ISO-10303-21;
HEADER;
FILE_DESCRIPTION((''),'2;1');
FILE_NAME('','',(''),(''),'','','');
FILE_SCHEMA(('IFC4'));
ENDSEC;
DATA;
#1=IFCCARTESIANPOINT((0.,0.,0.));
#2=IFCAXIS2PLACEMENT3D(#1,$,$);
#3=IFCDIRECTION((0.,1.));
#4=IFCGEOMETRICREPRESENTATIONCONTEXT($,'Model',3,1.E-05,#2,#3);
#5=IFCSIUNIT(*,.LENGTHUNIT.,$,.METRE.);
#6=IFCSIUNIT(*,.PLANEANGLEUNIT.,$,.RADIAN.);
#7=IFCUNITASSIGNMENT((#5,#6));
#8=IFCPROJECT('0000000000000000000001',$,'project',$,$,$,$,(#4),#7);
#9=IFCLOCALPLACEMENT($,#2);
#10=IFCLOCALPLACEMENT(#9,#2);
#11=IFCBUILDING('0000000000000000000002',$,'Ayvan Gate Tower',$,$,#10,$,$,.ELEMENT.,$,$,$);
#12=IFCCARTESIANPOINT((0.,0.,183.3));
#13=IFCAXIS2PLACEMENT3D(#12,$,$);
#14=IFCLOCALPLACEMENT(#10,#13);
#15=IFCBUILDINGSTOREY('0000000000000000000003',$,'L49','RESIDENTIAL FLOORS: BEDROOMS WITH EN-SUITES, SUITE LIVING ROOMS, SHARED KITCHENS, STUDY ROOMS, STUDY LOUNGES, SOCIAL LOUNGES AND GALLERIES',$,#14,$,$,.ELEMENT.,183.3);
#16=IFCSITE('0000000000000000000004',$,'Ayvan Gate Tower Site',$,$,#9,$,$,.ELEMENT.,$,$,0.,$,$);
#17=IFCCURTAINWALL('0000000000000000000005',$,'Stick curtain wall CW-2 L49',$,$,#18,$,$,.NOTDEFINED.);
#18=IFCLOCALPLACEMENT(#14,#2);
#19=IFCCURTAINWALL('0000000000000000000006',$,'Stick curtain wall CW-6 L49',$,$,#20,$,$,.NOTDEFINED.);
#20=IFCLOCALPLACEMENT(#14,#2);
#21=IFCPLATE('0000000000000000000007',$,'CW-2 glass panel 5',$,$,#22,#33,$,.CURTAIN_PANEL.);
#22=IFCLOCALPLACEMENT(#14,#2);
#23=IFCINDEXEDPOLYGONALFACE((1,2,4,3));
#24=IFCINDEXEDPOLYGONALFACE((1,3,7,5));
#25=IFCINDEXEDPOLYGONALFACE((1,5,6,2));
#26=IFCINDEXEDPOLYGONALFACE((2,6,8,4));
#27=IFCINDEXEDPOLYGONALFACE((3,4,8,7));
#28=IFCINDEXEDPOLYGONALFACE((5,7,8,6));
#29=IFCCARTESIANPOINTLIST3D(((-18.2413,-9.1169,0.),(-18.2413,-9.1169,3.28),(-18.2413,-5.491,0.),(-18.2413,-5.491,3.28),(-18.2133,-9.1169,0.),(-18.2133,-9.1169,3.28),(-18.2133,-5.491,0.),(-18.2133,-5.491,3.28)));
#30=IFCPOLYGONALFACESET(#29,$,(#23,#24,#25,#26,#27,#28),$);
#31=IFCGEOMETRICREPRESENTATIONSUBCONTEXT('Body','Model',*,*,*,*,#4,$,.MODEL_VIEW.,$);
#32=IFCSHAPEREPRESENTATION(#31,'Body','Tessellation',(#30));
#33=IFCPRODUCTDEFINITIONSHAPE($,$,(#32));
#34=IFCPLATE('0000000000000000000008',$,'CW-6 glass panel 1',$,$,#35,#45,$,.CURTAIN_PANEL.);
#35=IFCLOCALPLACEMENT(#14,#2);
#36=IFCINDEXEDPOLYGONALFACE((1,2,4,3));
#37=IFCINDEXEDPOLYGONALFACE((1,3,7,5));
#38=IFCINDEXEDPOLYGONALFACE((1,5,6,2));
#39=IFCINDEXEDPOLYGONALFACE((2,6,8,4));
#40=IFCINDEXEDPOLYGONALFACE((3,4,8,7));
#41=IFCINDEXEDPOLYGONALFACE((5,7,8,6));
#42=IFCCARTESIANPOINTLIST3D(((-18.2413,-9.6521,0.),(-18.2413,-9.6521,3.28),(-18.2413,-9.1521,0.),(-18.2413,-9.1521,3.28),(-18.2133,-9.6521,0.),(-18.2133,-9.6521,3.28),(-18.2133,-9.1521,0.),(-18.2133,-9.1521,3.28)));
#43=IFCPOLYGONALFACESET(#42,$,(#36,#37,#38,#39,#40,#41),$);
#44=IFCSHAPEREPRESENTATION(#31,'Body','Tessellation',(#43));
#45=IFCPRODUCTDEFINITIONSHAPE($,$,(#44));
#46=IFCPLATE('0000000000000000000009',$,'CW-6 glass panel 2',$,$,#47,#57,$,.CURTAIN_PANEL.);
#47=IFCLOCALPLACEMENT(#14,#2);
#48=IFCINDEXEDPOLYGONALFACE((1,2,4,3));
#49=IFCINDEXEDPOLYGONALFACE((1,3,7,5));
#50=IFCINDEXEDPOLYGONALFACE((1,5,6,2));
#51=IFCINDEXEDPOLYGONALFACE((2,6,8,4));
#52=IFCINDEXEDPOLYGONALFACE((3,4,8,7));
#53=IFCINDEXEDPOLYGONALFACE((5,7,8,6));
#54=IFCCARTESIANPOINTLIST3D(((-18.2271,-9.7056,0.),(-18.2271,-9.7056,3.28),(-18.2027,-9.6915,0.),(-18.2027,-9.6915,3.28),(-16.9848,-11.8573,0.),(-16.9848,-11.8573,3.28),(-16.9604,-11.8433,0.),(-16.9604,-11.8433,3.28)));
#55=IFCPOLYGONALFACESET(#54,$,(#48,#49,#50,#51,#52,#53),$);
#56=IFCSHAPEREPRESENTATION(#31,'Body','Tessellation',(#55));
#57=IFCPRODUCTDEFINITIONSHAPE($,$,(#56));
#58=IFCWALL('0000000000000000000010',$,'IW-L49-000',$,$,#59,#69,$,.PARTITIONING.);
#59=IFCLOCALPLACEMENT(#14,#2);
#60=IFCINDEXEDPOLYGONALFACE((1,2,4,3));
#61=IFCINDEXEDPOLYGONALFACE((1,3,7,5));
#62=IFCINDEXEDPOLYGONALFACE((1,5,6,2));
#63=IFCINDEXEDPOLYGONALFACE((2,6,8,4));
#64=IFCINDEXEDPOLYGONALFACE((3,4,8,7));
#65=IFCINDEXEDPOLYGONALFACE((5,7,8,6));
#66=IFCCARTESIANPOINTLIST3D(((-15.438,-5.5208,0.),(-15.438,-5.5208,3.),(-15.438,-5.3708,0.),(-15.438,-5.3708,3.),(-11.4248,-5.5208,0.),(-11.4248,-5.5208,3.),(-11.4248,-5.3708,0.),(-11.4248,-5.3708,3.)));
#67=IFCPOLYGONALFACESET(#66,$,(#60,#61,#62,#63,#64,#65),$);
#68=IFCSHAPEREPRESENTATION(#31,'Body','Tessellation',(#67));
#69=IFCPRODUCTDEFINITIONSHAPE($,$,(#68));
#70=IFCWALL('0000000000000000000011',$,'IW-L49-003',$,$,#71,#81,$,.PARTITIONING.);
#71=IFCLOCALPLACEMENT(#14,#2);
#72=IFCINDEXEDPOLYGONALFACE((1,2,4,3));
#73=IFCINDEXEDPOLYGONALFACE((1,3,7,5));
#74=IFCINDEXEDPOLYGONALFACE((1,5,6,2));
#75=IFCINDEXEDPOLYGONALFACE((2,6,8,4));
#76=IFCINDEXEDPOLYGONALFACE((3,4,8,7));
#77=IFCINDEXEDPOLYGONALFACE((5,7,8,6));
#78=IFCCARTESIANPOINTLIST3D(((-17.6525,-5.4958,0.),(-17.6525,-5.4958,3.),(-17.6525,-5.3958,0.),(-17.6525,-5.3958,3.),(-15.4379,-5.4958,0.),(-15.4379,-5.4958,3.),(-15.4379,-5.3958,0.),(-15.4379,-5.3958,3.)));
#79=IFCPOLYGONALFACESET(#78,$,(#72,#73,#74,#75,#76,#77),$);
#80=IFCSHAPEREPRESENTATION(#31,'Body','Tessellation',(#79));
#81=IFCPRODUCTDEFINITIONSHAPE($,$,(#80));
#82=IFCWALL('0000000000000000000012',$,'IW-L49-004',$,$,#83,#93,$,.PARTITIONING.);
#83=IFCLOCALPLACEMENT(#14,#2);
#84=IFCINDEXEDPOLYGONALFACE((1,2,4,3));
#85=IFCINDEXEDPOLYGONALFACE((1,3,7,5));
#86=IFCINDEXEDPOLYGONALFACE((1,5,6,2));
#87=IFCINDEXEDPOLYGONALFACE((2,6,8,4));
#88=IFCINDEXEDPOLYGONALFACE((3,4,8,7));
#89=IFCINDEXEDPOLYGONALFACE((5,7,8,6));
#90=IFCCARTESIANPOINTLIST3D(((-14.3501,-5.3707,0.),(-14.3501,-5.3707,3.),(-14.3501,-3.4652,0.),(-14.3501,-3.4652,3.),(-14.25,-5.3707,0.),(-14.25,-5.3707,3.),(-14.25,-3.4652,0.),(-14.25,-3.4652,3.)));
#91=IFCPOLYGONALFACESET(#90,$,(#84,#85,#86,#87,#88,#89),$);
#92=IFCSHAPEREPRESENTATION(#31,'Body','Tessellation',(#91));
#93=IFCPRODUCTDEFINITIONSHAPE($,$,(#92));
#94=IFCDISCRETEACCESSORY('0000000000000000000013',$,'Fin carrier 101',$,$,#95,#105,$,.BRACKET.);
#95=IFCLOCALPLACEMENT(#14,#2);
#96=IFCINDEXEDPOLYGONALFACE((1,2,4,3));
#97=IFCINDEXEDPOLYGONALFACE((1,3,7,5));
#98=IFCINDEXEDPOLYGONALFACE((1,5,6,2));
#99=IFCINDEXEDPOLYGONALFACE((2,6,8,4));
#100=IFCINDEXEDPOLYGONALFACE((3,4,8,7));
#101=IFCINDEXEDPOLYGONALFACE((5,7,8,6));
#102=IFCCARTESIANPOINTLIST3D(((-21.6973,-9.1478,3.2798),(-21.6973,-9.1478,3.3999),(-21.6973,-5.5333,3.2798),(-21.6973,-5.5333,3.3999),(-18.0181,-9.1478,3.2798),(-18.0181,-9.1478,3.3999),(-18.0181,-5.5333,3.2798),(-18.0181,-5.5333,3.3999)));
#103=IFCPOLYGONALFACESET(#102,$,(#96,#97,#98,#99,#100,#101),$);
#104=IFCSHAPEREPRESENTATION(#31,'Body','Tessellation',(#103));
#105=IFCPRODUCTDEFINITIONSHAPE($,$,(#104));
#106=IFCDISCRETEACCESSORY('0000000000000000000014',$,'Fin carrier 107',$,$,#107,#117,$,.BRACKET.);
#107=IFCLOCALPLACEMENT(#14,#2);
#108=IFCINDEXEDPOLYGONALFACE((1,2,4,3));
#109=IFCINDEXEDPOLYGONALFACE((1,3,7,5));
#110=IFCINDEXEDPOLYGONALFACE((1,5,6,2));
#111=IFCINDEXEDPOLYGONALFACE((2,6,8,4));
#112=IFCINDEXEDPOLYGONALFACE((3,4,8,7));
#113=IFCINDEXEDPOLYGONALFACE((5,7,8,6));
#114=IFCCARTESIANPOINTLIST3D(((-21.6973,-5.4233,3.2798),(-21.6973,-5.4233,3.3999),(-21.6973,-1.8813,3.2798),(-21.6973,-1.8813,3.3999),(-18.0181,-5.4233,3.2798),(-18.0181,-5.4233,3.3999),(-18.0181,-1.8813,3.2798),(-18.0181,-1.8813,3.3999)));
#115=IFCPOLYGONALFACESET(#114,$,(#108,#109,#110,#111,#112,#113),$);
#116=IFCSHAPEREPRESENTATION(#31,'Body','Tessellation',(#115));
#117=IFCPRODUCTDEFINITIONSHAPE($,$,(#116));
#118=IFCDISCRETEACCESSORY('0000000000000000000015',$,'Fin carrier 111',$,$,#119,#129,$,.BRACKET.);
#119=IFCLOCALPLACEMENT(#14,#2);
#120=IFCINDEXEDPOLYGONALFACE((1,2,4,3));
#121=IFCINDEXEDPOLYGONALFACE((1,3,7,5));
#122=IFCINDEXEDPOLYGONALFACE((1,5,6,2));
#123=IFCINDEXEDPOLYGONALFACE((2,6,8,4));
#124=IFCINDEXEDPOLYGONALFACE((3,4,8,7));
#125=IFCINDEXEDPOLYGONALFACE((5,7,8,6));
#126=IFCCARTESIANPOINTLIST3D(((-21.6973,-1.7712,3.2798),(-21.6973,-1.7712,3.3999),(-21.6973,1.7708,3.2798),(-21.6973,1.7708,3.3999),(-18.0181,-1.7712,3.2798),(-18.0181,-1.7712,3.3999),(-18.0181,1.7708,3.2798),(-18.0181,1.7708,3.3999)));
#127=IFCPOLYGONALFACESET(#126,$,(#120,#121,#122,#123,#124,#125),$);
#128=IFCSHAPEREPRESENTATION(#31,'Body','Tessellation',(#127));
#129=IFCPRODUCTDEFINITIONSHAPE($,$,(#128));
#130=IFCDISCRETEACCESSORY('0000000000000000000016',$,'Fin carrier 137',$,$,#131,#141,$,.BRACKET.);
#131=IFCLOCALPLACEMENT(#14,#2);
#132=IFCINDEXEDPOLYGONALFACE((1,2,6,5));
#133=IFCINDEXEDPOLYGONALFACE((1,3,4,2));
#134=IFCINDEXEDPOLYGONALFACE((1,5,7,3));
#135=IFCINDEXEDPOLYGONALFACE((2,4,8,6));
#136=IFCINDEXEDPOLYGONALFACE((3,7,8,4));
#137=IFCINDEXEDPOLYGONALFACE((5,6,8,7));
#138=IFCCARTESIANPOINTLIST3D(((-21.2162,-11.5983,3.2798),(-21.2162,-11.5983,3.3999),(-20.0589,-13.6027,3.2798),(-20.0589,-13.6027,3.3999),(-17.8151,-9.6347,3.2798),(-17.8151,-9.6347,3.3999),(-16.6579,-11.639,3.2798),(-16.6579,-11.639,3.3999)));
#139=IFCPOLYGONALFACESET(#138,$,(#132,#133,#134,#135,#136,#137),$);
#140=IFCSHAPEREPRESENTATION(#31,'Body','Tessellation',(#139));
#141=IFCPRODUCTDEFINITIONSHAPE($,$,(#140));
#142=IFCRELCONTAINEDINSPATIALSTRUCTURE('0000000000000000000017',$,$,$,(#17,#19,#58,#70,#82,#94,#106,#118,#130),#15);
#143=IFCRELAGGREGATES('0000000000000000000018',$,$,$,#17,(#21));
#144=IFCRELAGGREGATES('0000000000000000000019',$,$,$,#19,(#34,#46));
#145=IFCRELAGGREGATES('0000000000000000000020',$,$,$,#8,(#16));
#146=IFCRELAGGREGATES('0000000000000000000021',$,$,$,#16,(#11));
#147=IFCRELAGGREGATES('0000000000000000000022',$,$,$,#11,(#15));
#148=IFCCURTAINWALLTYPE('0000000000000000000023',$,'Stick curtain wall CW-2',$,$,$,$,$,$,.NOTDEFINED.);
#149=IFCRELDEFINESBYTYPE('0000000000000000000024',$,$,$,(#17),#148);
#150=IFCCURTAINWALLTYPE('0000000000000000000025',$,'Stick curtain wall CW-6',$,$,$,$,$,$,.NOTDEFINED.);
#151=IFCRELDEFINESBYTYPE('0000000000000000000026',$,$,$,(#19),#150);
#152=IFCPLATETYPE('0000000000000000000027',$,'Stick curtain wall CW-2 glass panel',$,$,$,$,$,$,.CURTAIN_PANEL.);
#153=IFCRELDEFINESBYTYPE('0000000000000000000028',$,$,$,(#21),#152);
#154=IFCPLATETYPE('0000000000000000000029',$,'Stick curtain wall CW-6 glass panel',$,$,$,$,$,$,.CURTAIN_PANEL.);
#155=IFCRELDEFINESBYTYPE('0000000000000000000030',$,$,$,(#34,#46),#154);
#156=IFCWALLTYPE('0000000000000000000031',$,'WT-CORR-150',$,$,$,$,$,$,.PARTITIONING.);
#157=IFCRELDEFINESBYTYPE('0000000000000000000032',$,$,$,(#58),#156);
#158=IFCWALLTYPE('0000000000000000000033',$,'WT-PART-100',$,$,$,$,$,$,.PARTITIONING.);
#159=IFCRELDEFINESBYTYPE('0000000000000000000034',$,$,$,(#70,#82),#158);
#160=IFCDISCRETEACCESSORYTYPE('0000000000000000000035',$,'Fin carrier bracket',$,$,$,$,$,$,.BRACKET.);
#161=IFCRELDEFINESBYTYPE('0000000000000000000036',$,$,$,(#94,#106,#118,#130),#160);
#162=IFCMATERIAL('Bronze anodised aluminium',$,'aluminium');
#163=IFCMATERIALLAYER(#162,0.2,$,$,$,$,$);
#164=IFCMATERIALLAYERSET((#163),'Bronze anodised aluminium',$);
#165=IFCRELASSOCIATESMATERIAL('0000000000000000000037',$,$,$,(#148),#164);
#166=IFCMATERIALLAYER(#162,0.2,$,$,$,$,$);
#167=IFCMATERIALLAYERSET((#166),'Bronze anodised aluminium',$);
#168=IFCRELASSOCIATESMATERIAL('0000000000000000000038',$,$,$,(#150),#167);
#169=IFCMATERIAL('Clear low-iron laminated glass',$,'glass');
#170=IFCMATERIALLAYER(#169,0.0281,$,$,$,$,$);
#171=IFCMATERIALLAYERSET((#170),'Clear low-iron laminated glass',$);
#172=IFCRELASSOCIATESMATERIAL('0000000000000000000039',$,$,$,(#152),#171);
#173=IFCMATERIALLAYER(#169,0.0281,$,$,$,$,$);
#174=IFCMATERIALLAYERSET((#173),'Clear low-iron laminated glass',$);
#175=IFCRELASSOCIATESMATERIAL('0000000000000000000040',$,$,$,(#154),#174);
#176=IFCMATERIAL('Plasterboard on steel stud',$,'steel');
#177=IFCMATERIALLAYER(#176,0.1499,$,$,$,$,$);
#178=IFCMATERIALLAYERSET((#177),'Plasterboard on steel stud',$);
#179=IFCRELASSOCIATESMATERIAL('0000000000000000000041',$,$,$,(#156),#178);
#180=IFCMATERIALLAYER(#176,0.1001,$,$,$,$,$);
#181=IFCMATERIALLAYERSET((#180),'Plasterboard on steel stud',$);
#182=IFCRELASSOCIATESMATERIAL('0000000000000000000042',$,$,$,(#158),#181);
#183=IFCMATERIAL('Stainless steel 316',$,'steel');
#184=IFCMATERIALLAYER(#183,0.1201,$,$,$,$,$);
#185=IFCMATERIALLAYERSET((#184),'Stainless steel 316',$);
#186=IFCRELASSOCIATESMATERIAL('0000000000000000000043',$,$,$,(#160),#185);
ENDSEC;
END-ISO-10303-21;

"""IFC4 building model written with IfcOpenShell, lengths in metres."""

from ifc_helpers import new_model, si_unit, direction, frame, frame_2d, origin, origin_2d, place, context, subcontext, project, spatial, rectangle, extrude, material, layer, layer_set, type_object, element, aggregate, save


model = new_model("IFC4")

# Units and contexts
model_context = context("Model", 3, precision=1e-05, world=origin(), true_north=direction((0.0, 1.0)))
body_context = subcontext(model_context, "Body", "Model", "MODEL_VIEW")
ifc_project = project(units=[si_unit("LENGTHUNIT", "METRE"), si_unit("PLANEANGLEUNIT", "RADIAN")], contexts=[model_context])

# Site, building, storey
site_placement = place(None, origin())
site = spatial("IfcSite", under=ifc_project, at=site_placement, Name="Ayvan Gate Tower Site", CompositionType="ELEMENT", RefElevation=0.0)
building_placement = place(site_placement, origin())
building = spatial("IfcBuilding", under=site, at=building_placement, Name="Ayvan Gate Tower", CompositionType="ELEMENT")
storey_placement = place(building_placement, frame((0.0, 0.0, 183.3)))
storey = spatial("IfcBuildingStorey", under=building, at=storey_placement, Name="L49", Description="RESIDENTIAL FLOORS: BEDROOMS WITH EN-SUITES, SUITE LIVING ROOMS, SHARED KITCHENS, STUDY ROOMS, STUDY LOUNGES, SOCIAL LOUNGES AND GALLERIES", CompositionType="ELEMENT", Elevation=183.3)

# Curtain walls
ifc_material_1 = material(Name="Bronze anodised aluminium", Category="aluminium")
ifc_layer_1 = layer(ifc_material_1, 0.2)
ifc_layer_set_1 = layer_set([ifc_layer_1], Name="Bronze anodised aluminium")
curtain_wall_type_1 = type_object("IfcCurtainWallType", Name="Stick curtain wall CW-2", PredefinedType="NOTDEFINED", material=ifc_layer_set_1)
curtain_wall_1_placement = place(storey_placement, origin())
curtain_wall_1 = element("IfcCurtainWall", 1, at=curtain_wall_1_placement, inside=storey, type_object=curtain_wall_type_1, Name="Stick curtain wall CW-2 L49", PredefinedType="NOTDEFINED")
ifc_layer_2 = layer(ifc_material_1, 0.2)
ifc_layer_set_2 = layer_set([ifc_layer_2], Name="Bronze anodised aluminium")
curtain_wall_type_2 = type_object("IfcCurtainWallType", Name="Stick curtain wall CW-6", PredefinedType="NOTDEFINED", material=ifc_layer_set_2)
curtain_wall_2_placement = place(storey_placement, origin())
curtain_wall_2 = element("IfcCurtainWall", 2, at=curtain_wall_2_placement, inside=storey, type_object=curtain_wall_type_2, Name="Stick curtain wall CW-6 L49", PredefinedType="NOTDEFINED")

# Plates
ifc_material_2 = material(Name="Clear low-iron laminated glass", Category="glass")
ifc_layer_3 = layer(ifc_material_2, 0.0281)
ifc_layer_set_3 = layer_set([ifc_layer_3], Name="Clear low-iron laminated glass")
plate_type_1 = type_object("IfcPlateType", Name="Stick curtain wall CW-2 glass panel", PredefinedType="CURTAIN_PANEL", material=ifc_layer_set_3)
plate_1_placement = place(storey_placement, frame((-18.2273, -7.304, 0.0), z_axis=(0.0, 0.0, 1.0), x_axis=(0.0, -1.0, 0.0)))
plate_1 = element("IfcPlate", 3, at=plate_1_placement, type_object=plate_type_1, Name="CW-2 glass panel 5", PredefinedType="CURTAIN_PANEL", context=body_context, shape_type="SweptSolid", body=[
    extrude(rectangle(XDim=3.626, YDim=0.0281, at=origin_2d()), origin(), (0.0, 0.0, 1.0), 3.28),
])
aggregate(curtain_wall_1, [plate_1])
ifc_layer_4 = layer(ifc_material_2, 0.0281)
ifc_layer_set_4 = layer_set([ifc_layer_4], Name="Clear low-iron laminated glass")
plate_type_2 = type_object("IfcPlateType", Name="Stick curtain wall CW-6 glass panel", PredefinedType="CURTAIN_PANEL", material=ifc_layer_set_4)
plate_2_placement = place(storey_placement, frame((-18.2273, -9.4021, 0.0), z_axis=(0.0, 0.0, 1.0), x_axis=(0.0, -1.0, 0.0)))
plate_2 = element("IfcPlate", 4, at=plate_2_placement, type_object=plate_type_2, Name="CW-6 glass panel 1", PredefinedType="CURTAIN_PANEL", context=body_context, shape_type="SweptSolid", body=[
    extrude(rectangle(XDim=0.5, YDim=0.0281, at=origin_2d()), origin(), (0.0, 0.0, 1.0), 3.28),
])
plate_3_placement = place(storey_placement, frame((-17.5938, -10.7744, 0.0), z_axis=(0.0, 0.0, 1.0), x_axis=(0.5, -0.866025, 0.0)))
plate_3 = element("IfcPlate", 5, at=plate_3_placement, type_object=plate_type_2, Name="CW-6 glass panel 2", PredefinedType="CURTAIN_PANEL", context=body_context, shape_type="SweptSolid", body=[
    extrude(rectangle(XDim=2.4846, YDim=0.0281, at=origin_2d()), origin(), (0.0, 0.0, 1.0), 3.28),
])
aggregate(curtain_wall_2, [plate_2, plate_3])

# Walls
ifc_material_3 = material(Name="Plasterboard on steel stud", Category="steel")
ifc_layer_5 = layer(ifc_material_3, 0.1499)
ifc_layer_set_5 = layer_set([ifc_layer_5], Name="Plasterboard on steel stud")
wall_type_1 = type_object("IfcWallType", Name="WT-CORR-150", PredefinedType="PARTITIONING", material=ifc_layer_set_5)
wall_1_placement = place(storey_placement, frame((-15.438, -5.4458, 0.0), z_axis=(0.0, 0.0, 1.0), x_axis=(1.0, 0.0, 0.0)))
element("IfcWall", 6, at=wall_1_placement, inside=storey, type_object=wall_type_1, Name="IW-L49-000", PredefinedType="PARTITIONING", context=body_context, shape_type="SweptSolid", body=[
    extrude(rectangle(XDim=4.0132, YDim=0.1499, at=frame_2d((2.0066, 0.0))), origin(), (0.0, 0.0, 1.0), 3.0),
])
ifc_layer_6 = layer(ifc_material_3, 0.1001)
ifc_layer_set_6 = layer_set([ifc_layer_6], Name="Plasterboard on steel stud")
wall_type_2 = type_object("IfcWallType", Name="WT-PART-100", PredefinedType="PARTITIONING", material=ifc_layer_set_6)
wall_2_placement = place(storey_placement, frame((-15.4377, -5.4458, 0.0), z_axis=(0.0, 0.0, 1.0), x_axis=(-1.0, 0.0, 0.0)))
element("IfcWall", 7, at=wall_2_placement, inside=storey, type_object=wall_type_2, Name="IW-L49-003", PredefinedType="PARTITIONING", context=body_context, shape_type="SweptSolid", body=[
    extrude(rectangle(XDim=2.2146, YDim=0.1001, at=frame_2d((1.1074, 0.0))), origin(), (0.0, 0.0, 1.0), 3.0),
])
wall_3_placement = place(storey_placement, frame((-14.3, -3.4653, 0.0), z_axis=(0.0, 0.0, 1.0), x_axis=(0.0, -1.0, 0.0)))
element("IfcWall", 8, at=wall_3_placement, inside=storey, type_object=wall_type_2, Name="IW-L49-004", PredefinedType="PARTITIONING", context=body_context, shape_type="SweptSolid", body=[
    extrude(rectangle(XDim=1.9055, YDim=0.1001, at=frame_2d((0.9526, 0.0))), origin(), (0.0, 0.0, 1.0), 3.0),
])

# Discrete accessories
ifc_material_4 = material(Name="Stainless steel 316", Category="steel")
ifc_layer_7 = layer(ifc_material_4, 0.1201)
ifc_layer_set_7 = layer_set([ifc_layer_7], Name="Stainless steel 316")
discrete_accessory_type = type_object("IfcDiscreteAccessoryType", Name="Fin carrier bracket", PredefinedType="BRACKET", material=ifc_layer_set_7)
discrete_accessory_1_placement = place(storey_placement, frame((-19.8577, -7.3406, 3.2798), z_axis=(0.0, 0.0, 1.0), x_axis=(0.0, -1.0, 0.0)))
element("IfcDiscreteAccessory", 9, at=discrete_accessory_1_placement, inside=storey, type_object=discrete_accessory_type, Name="Fin carrier 101", PredefinedType="BRACKET", context=body_context, shape_type="SweptSolid", body=[
    extrude(rectangle(XDim=3.6145, YDim=3.6792, at=origin_2d()), origin(), (0.0, 0.0, 1.0), 0.1201),
])
for number, where, z_axis, x_axis, name in (
    (10, (-19.8577, -3.6523, 3.2798), (0.0, 0.0, 1.0), (0.0, -1.0, 0.0), "Fin carrier 107"),
    (11, (-19.8577, -0.0002, 3.2798), (0.0, 0.0, 1.0), (0.0, -1.0, 0.0), "Fin carrier 111"),
):
    element("IfcDiscreteAccessory", number, at=place(storey_placement, frame(where, z_axis=z_axis, x_axis=x_axis)), inside=storey, type_object=discrete_accessory_type, Name=name, PredefinedType="BRACKET", context=body_context, shape_type="SweptSolid", body=[
        extrude(rectangle(XDim=3.542, YDim=3.6792, at=origin_2d()), origin(), (0.0, 0.0, 1.0), 0.1201),
    ])
discrete_accessory_2_placement = place(storey_placement, frame((-18.937, -11.6187, 3.2798), z_axis=(0.0, 0.0, 1.0), x_axis=(0.5, -0.866025, 0.0)))
element("IfcDiscreteAccessory", 12, at=discrete_accessory_2_placement, inside=storey, type_object=discrete_accessory_type, Name="Fin carrier 137", PredefinedType="BRACKET", context=body_context, shape_type="SweptSolid", body=[
    extrude(rectangle(XDim=2.3145, YDim=3.9272, at=origin_2d()), origin(), (0.0, 0.0, 1.0), 0.1201),
])

save(model, "model.ifc")
